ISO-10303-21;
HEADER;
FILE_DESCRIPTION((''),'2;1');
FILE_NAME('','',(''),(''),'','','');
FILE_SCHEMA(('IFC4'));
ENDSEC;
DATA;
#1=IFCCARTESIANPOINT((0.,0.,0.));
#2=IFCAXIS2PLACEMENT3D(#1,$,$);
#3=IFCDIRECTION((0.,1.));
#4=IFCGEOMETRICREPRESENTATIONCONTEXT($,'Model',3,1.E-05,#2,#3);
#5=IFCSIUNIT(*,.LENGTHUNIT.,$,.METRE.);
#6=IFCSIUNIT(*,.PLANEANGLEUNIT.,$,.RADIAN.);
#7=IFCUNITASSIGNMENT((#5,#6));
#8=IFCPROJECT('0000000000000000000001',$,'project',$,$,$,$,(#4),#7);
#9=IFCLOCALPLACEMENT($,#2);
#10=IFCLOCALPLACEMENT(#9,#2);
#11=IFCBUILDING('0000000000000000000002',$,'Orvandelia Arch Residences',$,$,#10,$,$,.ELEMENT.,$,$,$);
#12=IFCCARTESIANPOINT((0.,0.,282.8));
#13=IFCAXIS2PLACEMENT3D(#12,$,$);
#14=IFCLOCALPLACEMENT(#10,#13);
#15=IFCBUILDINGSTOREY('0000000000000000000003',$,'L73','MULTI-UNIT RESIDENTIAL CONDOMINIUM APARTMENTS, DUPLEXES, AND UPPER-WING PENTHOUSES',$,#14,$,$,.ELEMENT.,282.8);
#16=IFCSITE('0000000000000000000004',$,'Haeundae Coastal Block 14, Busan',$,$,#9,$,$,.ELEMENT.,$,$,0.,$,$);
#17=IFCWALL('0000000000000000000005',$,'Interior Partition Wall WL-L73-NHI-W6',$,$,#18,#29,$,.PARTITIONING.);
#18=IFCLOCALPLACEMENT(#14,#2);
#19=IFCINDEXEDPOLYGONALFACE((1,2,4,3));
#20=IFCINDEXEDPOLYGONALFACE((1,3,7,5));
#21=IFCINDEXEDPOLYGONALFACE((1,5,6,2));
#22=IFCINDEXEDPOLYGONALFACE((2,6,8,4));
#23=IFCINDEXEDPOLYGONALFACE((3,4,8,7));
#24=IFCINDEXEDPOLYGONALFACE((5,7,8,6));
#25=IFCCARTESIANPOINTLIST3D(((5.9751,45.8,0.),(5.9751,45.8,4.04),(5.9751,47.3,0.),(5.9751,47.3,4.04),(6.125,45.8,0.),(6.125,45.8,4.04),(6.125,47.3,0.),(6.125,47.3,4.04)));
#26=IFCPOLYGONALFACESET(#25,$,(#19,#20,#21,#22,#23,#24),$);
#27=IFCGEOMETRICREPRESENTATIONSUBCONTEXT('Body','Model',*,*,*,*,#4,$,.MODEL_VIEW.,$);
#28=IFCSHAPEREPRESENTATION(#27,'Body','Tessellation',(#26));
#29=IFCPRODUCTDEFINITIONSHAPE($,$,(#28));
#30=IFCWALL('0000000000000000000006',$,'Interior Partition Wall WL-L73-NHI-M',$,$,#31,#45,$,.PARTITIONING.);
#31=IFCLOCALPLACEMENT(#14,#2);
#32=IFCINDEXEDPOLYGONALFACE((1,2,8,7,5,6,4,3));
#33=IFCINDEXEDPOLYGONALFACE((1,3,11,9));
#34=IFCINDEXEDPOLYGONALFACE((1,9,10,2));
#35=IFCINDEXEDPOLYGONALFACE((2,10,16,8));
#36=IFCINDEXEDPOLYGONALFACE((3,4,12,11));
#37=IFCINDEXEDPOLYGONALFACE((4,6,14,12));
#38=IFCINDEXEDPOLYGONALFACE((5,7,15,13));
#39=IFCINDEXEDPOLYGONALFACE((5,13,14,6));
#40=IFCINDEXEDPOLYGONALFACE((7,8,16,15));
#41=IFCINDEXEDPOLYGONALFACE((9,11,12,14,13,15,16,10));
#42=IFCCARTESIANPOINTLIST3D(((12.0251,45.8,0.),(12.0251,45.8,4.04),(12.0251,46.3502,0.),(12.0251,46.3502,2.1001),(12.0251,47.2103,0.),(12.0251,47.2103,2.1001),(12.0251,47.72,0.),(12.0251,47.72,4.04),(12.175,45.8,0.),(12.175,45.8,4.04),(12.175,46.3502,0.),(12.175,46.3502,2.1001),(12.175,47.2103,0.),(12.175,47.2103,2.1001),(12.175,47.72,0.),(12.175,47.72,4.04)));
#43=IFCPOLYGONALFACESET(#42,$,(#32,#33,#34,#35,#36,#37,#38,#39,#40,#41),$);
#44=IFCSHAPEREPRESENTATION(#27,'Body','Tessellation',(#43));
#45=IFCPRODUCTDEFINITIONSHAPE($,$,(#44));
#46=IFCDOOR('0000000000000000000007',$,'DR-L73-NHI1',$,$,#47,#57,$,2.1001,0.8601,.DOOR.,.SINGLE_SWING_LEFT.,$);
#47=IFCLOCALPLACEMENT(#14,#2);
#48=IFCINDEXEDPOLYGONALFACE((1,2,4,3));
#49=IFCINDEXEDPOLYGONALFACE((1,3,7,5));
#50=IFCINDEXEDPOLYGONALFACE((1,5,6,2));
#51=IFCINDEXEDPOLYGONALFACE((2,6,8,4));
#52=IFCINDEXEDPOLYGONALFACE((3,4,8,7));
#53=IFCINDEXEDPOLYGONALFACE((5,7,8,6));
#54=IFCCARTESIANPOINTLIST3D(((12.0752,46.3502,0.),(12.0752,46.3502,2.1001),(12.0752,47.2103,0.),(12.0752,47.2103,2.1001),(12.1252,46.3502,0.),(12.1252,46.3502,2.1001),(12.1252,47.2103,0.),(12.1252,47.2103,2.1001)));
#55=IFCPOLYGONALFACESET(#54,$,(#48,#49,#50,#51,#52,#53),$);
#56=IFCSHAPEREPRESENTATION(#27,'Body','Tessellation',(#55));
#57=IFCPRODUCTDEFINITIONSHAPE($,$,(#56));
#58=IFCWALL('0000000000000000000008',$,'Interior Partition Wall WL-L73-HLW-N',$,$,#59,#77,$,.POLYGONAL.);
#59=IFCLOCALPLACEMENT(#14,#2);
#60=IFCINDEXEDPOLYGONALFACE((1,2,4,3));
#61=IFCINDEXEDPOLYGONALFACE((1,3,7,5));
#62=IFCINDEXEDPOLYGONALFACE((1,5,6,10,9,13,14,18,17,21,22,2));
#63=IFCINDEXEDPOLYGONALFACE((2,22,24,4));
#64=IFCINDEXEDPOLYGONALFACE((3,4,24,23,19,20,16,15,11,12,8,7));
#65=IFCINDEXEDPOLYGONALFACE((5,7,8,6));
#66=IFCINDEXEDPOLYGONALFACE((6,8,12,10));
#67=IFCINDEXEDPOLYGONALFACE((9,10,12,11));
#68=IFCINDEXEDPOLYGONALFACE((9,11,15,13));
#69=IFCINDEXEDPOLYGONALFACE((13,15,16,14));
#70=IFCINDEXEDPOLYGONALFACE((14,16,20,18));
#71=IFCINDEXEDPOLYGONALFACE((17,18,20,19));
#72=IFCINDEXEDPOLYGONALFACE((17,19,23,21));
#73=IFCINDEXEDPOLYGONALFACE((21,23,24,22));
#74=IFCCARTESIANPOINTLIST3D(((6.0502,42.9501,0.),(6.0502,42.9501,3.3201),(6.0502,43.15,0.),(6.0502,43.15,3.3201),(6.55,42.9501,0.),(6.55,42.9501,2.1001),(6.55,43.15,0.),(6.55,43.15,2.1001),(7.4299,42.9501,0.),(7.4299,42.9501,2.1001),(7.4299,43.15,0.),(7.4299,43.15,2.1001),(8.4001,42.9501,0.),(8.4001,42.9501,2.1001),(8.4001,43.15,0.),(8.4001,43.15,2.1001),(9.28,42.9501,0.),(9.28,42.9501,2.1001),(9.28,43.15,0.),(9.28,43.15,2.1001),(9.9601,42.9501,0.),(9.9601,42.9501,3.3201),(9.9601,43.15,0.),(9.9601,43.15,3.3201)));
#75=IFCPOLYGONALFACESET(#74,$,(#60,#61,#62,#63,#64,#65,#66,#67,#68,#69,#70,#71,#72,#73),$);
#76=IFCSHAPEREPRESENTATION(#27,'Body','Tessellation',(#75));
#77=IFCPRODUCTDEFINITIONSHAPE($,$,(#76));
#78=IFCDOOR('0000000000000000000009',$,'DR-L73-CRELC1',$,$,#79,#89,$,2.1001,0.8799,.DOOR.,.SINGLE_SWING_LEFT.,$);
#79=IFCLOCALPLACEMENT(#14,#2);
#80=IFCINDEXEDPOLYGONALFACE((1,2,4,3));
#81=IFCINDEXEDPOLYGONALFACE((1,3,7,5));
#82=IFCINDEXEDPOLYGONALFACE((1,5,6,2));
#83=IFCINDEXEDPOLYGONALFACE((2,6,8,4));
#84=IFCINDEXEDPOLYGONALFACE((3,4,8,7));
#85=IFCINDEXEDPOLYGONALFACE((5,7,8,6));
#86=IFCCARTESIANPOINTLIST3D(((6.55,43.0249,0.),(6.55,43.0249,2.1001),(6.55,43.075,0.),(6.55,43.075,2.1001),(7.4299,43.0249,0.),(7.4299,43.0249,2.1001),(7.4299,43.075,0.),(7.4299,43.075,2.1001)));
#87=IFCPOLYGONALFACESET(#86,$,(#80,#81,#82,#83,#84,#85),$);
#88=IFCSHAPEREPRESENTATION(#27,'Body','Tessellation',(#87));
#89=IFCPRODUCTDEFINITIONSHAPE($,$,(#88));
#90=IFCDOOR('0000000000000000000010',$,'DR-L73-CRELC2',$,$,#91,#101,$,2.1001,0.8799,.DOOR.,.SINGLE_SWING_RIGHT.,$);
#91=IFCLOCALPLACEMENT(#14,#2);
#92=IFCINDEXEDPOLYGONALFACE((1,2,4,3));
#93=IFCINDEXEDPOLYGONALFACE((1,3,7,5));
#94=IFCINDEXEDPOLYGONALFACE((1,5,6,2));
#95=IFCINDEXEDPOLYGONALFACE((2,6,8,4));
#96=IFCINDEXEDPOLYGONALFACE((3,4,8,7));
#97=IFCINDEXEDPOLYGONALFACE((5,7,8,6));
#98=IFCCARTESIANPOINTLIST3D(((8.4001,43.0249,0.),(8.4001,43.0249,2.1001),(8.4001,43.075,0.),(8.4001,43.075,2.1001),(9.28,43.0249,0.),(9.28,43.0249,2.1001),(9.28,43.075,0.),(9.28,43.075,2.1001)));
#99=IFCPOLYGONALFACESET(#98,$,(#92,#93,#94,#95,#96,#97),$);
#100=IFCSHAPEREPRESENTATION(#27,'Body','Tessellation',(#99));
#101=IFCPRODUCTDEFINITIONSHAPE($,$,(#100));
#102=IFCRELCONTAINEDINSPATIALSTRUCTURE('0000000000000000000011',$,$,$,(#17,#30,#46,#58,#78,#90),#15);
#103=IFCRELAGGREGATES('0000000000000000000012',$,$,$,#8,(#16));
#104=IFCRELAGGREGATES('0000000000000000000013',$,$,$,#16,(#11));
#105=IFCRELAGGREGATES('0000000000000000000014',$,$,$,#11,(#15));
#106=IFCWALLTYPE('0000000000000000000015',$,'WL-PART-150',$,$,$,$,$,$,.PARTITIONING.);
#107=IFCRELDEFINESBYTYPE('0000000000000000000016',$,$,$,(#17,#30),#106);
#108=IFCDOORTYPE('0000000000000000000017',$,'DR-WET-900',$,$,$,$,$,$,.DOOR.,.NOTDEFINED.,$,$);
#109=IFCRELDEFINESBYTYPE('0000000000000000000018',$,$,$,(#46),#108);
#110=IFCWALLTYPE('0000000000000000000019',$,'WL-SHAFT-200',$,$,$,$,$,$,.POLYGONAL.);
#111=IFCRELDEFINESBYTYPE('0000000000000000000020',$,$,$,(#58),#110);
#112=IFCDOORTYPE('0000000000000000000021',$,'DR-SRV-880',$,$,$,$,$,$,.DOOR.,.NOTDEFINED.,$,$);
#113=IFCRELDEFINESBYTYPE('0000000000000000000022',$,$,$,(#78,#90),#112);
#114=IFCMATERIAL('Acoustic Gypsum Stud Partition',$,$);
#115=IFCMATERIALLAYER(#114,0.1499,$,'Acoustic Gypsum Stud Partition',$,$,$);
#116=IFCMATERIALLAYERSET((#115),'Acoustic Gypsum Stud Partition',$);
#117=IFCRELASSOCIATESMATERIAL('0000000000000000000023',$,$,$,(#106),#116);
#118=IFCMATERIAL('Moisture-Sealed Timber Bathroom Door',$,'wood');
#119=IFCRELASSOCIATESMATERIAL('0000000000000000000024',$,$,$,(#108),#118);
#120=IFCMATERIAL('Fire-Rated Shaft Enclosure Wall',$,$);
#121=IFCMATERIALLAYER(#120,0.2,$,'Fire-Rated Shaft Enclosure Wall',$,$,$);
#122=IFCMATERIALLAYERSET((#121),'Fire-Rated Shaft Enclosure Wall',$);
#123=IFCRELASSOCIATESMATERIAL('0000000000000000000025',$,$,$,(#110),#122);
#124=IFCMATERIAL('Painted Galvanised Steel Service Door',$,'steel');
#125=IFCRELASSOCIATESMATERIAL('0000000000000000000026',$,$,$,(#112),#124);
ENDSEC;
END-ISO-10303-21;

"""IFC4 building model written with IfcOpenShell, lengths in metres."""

from ifc_helpers import new_model, si_unit, direction, frame, frame_2d, origin, place, context, subcontext, project, spatial, rectangle, extrude, material, layer, layer_set, type_object, element, fill, save


model = new_model("IFC4")

# Units and contexts
model_context = context("Model", 3, precision=1e-05, world=origin(), true_north=direction((0.0, 1.0)))
body_context = subcontext(model_context, "Body", "Model", "MODEL_VIEW")
ifc_project = project(units=[si_unit("LENGTHUNIT", "METRE"), si_unit("PLANEANGLEUNIT", "RADIAN")], contexts=[model_context])

# Site, building, storey
site_placement = place(None, origin())
site = spatial("IfcSite", under=ifc_project, at=site_placement, Name="Haeundae Coastal Block 14, Busan", CompositionType="ELEMENT", RefElevation=0.0)
building_placement = place(site_placement, origin())
building = spatial("IfcBuilding", under=site, at=building_placement, Name="Orvandelia Arch Residences", CompositionType="ELEMENT")
storey_placement = place(building_placement, frame((0.0, 0.0, 282.8)))
storey = spatial("IfcBuildingStorey", under=building, at=storey_placement, Name="L73", Description="MULTI-UNIT RESIDENTIAL CONDOMINIUM APARTMENTS, DUPLEXES, AND UPPER-WING PENTHOUSES", CompositionType="ELEMENT", Elevation=282.8)

# Wall
ifc_material_1 = material(Name="Acoustic Gypsum Stud Partition")
ifc_layer_1 = layer(ifc_material_1, 0.1499, Name="Acoustic Gypsum Stud Partition")
ifc_layer_set_1 = layer_set([ifc_layer_1], Name="Acoustic Gypsum Stud Partition")
wall_type_1 = type_object("IfcWallType", Name="WL-PART-150", PredefinedType="PARTITIONING", material=ifc_layer_set_1)
wall_1_placement = place(storey_placement, frame((6.05, 45.8, 0.0), z_axis=(0.0, 0.0, 1.0), x_axis=(0.0, 1.0, 0.0)))
element("IfcWall", 1, at=wall_1_placement, inside=storey, type_object=wall_type_1, Name="Interior Partition Wall WL-L73-NHI-W6", PredefinedType="PARTITIONING", context=body_context, shape_type="SweptSolid", body=[
    extrude(rectangle(XDim=1.5, YDim=0.1499, at=frame_2d((0.75, 0.0))), origin(), (0.0, 0.0, 1.0), 4.04),
])

# Wall, opening, door
wall_2_placement = place(storey_placement, frame((12.1001, 45.8, 0.0), z_axis=(0.0, 0.0, 1.0), x_axis=(0.0, 1.0, 0.0)))
wall_2 = element("IfcWall", 2, at=wall_2_placement, inside=storey, type_object=wall_type_1, Name="Interior Partition Wall WL-L73-NHI-M", PredefinedType="PARTITIONING", context=body_context, shape_type="SweptSolid", body=[
    extrude(rectangle(XDim=1.9199, YDim=0.1499, at=frame_2d((0.96, 0.0))), origin(), (0.0, 0.0, 1.0), 4.04),
])
opening_1_placement = place(wall_2_placement, frame((0.55, 0.0, 0.0)))
opening_1 = element("IfcOpeningElement", 3, at=opening_1_placement, cuts=wall_2, PredefinedType="OPENING", context=body_context, shape_type="SweptSolid", body=[
    extrude(rectangle(XDim=0.8601, YDim=2.1001, at=frame_2d((0.4302, 1.05))), frame((0.0, 0.085, 0.0), z_axis=(0.0, -1.0, 0.0), x_axis=(1.0, 0.0, 0.0)), (0.0, 0.0, 1.0), 0.1699),
])
ifc_material_2 = material(Name="Moisture-Sealed Timber Bathroom Door", Category="wood")
door_type_1 = type_object("IfcDoorType", Name="DR-WET-900", OperationType="NOTDEFINED", PredefinedType="DOOR", material=ifc_material_2)
door_1_placement = place(opening_1_placement, origin())
door_1 = element("IfcDoor", 4, at=door_1_placement, inside=storey, type_object=door_type_1, Name="DR-L73-NHI1", OperationType="SINGLE_SWING_LEFT", OverallHeight=2.1001, OverallWidth=0.8601, PredefinedType="DOOR", context=body_context, shape_type="SweptSolid", body=[
    extrude(rectangle(XDim=0.8601, YDim=2.1001, at=frame_2d((0.4302, 1.05))), frame((0.0, 0.0249, 0.0), z_axis=(0.0, -1.0, 0.0), x_axis=(1.0, 0.0, 0.0)), (0.0, 0.0, 1.0), 0.05),
])
fill(opening_1, door_1)

# Wall, openings, doors
ifc_material_3 = material(Name="Fire-Rated Shaft Enclosure Wall")
ifc_layer_2 = layer(ifc_material_3, 0.2, Name="Fire-Rated Shaft Enclosure Wall")
ifc_layer_set_2 = layer_set([ifc_layer_2], Name="Fire-Rated Shaft Enclosure Wall")
wall_type_2 = type_object("IfcWallType", Name="WL-SHAFT-200", PredefinedType="POLYGONAL", material=ifc_layer_set_2)
wall_3_placement = place(storey_placement, frame((6.05, 43.05, 0.0), z_axis=(0.0, 0.0, 1.0), x_axis=(1.0, 0.0, 0.0)))
wall_3 = element("IfcWall", 5, at=wall_3_placement, inside=storey, type_object=wall_type_2, Name="Interior Partition Wall WL-L73-HLW-N", PredefinedType="POLYGONAL", context=body_context, shape_type="SweptSolid", body=[
    extrude(rectangle(XDim=3.9099, YDim=0.2, at=frame_2d((1.9551, 0.0))), origin(), (0.0, 0.0, 1.0), 3.3201),
])
opening_2_placement = place(wall_3_placement, frame((0.5, 0.0, 0.0)))
opening_2 = element("IfcOpeningElement", 6, at=opening_2_placement, cuts=wall_3, PredefinedType="OPENING", context=body_context, shape_type="SweptSolid", body=[
    extrude(rectangle(XDim=0.8799, YDim=2.1001, at=frame_2d((0.4399, 1.05))), frame((0.0, 0.1099, 0.0), z_axis=(0.0, -1.0, 0.0), x_axis=(1.0, 0.0, 0.0)), (0.0, 0.0, 1.0), 0.22),
])
opening_3_placement = place(wall_3_placement, frame((2.3501, 0.0, 0.0)))
opening_3 = element("IfcOpeningElement", 7, at=opening_3_placement, cuts=wall_3, PredefinedType="OPENING", context=body_context, shape_type="SweptSolid", body=[
    extrude(rectangle(XDim=0.8799, YDim=2.1001, at=frame_2d((0.4399, 1.05))), frame((0.0, 0.1099, 0.0), z_axis=(0.0, -1.0, 0.0), x_axis=(1.0, 0.0, 0.0)), (0.0, 0.0, 1.0), 0.22),
])
ifc_material_4 = material(Name="Painted Galvanised Steel Service Door", Category="steel")
door_type_2 = type_object("IfcDoorType", Name="DR-SRV-880", OperationType="NOTDEFINED", PredefinedType="DOOR", material=ifc_material_4)
door_2_placement = place(opening_2_placement, origin())
door_2 = element("IfcDoor", 8, at=door_2_placement, inside=storey, type_object=door_type_2, Name="DR-L73-CRELC1", OperationType="SINGLE_SWING_LEFT", OverallHeight=2.1001, OverallWidth=0.8799, PredefinedType="DOOR", context=body_context, shape_type="SweptSolid", body=[
    extrude(rectangle(XDim=0.8799, YDim=2.1001, at=frame_2d((0.4399, 1.05))), frame((0.0, 0.0249, 0.0), z_axis=(0.0, -1.0, 0.0), x_axis=(1.0, 0.0, 0.0)), (0.0, 0.0, 1.0), 0.05),
])
fill(opening_2, door_2)
door_3_placement = place(opening_3_placement, origin())
door_3 = element("IfcDoor", 9, at=door_3_placement, inside=storey, type_object=door_type_2, Name="DR-L73-CRELC2", OperationType="SINGLE_SWING_RIGHT", OverallHeight=2.1001, OverallWidth=0.8799, PredefinedType="DOOR", context=body_context, shape_type="SweptSolid", body=[
    extrude(rectangle(XDim=0.8799, YDim=2.1001, at=frame_2d((0.4399, 1.05))), frame((0.0, 0.0249, 0.0), z_axis=(0.0, -1.0, 0.0), x_axis=(1.0, 0.0, 0.0)), (0.0, 0.0, 1.0), 0.05),
])
fill(opening_3, door_3)

save(model, "model.ifc")
